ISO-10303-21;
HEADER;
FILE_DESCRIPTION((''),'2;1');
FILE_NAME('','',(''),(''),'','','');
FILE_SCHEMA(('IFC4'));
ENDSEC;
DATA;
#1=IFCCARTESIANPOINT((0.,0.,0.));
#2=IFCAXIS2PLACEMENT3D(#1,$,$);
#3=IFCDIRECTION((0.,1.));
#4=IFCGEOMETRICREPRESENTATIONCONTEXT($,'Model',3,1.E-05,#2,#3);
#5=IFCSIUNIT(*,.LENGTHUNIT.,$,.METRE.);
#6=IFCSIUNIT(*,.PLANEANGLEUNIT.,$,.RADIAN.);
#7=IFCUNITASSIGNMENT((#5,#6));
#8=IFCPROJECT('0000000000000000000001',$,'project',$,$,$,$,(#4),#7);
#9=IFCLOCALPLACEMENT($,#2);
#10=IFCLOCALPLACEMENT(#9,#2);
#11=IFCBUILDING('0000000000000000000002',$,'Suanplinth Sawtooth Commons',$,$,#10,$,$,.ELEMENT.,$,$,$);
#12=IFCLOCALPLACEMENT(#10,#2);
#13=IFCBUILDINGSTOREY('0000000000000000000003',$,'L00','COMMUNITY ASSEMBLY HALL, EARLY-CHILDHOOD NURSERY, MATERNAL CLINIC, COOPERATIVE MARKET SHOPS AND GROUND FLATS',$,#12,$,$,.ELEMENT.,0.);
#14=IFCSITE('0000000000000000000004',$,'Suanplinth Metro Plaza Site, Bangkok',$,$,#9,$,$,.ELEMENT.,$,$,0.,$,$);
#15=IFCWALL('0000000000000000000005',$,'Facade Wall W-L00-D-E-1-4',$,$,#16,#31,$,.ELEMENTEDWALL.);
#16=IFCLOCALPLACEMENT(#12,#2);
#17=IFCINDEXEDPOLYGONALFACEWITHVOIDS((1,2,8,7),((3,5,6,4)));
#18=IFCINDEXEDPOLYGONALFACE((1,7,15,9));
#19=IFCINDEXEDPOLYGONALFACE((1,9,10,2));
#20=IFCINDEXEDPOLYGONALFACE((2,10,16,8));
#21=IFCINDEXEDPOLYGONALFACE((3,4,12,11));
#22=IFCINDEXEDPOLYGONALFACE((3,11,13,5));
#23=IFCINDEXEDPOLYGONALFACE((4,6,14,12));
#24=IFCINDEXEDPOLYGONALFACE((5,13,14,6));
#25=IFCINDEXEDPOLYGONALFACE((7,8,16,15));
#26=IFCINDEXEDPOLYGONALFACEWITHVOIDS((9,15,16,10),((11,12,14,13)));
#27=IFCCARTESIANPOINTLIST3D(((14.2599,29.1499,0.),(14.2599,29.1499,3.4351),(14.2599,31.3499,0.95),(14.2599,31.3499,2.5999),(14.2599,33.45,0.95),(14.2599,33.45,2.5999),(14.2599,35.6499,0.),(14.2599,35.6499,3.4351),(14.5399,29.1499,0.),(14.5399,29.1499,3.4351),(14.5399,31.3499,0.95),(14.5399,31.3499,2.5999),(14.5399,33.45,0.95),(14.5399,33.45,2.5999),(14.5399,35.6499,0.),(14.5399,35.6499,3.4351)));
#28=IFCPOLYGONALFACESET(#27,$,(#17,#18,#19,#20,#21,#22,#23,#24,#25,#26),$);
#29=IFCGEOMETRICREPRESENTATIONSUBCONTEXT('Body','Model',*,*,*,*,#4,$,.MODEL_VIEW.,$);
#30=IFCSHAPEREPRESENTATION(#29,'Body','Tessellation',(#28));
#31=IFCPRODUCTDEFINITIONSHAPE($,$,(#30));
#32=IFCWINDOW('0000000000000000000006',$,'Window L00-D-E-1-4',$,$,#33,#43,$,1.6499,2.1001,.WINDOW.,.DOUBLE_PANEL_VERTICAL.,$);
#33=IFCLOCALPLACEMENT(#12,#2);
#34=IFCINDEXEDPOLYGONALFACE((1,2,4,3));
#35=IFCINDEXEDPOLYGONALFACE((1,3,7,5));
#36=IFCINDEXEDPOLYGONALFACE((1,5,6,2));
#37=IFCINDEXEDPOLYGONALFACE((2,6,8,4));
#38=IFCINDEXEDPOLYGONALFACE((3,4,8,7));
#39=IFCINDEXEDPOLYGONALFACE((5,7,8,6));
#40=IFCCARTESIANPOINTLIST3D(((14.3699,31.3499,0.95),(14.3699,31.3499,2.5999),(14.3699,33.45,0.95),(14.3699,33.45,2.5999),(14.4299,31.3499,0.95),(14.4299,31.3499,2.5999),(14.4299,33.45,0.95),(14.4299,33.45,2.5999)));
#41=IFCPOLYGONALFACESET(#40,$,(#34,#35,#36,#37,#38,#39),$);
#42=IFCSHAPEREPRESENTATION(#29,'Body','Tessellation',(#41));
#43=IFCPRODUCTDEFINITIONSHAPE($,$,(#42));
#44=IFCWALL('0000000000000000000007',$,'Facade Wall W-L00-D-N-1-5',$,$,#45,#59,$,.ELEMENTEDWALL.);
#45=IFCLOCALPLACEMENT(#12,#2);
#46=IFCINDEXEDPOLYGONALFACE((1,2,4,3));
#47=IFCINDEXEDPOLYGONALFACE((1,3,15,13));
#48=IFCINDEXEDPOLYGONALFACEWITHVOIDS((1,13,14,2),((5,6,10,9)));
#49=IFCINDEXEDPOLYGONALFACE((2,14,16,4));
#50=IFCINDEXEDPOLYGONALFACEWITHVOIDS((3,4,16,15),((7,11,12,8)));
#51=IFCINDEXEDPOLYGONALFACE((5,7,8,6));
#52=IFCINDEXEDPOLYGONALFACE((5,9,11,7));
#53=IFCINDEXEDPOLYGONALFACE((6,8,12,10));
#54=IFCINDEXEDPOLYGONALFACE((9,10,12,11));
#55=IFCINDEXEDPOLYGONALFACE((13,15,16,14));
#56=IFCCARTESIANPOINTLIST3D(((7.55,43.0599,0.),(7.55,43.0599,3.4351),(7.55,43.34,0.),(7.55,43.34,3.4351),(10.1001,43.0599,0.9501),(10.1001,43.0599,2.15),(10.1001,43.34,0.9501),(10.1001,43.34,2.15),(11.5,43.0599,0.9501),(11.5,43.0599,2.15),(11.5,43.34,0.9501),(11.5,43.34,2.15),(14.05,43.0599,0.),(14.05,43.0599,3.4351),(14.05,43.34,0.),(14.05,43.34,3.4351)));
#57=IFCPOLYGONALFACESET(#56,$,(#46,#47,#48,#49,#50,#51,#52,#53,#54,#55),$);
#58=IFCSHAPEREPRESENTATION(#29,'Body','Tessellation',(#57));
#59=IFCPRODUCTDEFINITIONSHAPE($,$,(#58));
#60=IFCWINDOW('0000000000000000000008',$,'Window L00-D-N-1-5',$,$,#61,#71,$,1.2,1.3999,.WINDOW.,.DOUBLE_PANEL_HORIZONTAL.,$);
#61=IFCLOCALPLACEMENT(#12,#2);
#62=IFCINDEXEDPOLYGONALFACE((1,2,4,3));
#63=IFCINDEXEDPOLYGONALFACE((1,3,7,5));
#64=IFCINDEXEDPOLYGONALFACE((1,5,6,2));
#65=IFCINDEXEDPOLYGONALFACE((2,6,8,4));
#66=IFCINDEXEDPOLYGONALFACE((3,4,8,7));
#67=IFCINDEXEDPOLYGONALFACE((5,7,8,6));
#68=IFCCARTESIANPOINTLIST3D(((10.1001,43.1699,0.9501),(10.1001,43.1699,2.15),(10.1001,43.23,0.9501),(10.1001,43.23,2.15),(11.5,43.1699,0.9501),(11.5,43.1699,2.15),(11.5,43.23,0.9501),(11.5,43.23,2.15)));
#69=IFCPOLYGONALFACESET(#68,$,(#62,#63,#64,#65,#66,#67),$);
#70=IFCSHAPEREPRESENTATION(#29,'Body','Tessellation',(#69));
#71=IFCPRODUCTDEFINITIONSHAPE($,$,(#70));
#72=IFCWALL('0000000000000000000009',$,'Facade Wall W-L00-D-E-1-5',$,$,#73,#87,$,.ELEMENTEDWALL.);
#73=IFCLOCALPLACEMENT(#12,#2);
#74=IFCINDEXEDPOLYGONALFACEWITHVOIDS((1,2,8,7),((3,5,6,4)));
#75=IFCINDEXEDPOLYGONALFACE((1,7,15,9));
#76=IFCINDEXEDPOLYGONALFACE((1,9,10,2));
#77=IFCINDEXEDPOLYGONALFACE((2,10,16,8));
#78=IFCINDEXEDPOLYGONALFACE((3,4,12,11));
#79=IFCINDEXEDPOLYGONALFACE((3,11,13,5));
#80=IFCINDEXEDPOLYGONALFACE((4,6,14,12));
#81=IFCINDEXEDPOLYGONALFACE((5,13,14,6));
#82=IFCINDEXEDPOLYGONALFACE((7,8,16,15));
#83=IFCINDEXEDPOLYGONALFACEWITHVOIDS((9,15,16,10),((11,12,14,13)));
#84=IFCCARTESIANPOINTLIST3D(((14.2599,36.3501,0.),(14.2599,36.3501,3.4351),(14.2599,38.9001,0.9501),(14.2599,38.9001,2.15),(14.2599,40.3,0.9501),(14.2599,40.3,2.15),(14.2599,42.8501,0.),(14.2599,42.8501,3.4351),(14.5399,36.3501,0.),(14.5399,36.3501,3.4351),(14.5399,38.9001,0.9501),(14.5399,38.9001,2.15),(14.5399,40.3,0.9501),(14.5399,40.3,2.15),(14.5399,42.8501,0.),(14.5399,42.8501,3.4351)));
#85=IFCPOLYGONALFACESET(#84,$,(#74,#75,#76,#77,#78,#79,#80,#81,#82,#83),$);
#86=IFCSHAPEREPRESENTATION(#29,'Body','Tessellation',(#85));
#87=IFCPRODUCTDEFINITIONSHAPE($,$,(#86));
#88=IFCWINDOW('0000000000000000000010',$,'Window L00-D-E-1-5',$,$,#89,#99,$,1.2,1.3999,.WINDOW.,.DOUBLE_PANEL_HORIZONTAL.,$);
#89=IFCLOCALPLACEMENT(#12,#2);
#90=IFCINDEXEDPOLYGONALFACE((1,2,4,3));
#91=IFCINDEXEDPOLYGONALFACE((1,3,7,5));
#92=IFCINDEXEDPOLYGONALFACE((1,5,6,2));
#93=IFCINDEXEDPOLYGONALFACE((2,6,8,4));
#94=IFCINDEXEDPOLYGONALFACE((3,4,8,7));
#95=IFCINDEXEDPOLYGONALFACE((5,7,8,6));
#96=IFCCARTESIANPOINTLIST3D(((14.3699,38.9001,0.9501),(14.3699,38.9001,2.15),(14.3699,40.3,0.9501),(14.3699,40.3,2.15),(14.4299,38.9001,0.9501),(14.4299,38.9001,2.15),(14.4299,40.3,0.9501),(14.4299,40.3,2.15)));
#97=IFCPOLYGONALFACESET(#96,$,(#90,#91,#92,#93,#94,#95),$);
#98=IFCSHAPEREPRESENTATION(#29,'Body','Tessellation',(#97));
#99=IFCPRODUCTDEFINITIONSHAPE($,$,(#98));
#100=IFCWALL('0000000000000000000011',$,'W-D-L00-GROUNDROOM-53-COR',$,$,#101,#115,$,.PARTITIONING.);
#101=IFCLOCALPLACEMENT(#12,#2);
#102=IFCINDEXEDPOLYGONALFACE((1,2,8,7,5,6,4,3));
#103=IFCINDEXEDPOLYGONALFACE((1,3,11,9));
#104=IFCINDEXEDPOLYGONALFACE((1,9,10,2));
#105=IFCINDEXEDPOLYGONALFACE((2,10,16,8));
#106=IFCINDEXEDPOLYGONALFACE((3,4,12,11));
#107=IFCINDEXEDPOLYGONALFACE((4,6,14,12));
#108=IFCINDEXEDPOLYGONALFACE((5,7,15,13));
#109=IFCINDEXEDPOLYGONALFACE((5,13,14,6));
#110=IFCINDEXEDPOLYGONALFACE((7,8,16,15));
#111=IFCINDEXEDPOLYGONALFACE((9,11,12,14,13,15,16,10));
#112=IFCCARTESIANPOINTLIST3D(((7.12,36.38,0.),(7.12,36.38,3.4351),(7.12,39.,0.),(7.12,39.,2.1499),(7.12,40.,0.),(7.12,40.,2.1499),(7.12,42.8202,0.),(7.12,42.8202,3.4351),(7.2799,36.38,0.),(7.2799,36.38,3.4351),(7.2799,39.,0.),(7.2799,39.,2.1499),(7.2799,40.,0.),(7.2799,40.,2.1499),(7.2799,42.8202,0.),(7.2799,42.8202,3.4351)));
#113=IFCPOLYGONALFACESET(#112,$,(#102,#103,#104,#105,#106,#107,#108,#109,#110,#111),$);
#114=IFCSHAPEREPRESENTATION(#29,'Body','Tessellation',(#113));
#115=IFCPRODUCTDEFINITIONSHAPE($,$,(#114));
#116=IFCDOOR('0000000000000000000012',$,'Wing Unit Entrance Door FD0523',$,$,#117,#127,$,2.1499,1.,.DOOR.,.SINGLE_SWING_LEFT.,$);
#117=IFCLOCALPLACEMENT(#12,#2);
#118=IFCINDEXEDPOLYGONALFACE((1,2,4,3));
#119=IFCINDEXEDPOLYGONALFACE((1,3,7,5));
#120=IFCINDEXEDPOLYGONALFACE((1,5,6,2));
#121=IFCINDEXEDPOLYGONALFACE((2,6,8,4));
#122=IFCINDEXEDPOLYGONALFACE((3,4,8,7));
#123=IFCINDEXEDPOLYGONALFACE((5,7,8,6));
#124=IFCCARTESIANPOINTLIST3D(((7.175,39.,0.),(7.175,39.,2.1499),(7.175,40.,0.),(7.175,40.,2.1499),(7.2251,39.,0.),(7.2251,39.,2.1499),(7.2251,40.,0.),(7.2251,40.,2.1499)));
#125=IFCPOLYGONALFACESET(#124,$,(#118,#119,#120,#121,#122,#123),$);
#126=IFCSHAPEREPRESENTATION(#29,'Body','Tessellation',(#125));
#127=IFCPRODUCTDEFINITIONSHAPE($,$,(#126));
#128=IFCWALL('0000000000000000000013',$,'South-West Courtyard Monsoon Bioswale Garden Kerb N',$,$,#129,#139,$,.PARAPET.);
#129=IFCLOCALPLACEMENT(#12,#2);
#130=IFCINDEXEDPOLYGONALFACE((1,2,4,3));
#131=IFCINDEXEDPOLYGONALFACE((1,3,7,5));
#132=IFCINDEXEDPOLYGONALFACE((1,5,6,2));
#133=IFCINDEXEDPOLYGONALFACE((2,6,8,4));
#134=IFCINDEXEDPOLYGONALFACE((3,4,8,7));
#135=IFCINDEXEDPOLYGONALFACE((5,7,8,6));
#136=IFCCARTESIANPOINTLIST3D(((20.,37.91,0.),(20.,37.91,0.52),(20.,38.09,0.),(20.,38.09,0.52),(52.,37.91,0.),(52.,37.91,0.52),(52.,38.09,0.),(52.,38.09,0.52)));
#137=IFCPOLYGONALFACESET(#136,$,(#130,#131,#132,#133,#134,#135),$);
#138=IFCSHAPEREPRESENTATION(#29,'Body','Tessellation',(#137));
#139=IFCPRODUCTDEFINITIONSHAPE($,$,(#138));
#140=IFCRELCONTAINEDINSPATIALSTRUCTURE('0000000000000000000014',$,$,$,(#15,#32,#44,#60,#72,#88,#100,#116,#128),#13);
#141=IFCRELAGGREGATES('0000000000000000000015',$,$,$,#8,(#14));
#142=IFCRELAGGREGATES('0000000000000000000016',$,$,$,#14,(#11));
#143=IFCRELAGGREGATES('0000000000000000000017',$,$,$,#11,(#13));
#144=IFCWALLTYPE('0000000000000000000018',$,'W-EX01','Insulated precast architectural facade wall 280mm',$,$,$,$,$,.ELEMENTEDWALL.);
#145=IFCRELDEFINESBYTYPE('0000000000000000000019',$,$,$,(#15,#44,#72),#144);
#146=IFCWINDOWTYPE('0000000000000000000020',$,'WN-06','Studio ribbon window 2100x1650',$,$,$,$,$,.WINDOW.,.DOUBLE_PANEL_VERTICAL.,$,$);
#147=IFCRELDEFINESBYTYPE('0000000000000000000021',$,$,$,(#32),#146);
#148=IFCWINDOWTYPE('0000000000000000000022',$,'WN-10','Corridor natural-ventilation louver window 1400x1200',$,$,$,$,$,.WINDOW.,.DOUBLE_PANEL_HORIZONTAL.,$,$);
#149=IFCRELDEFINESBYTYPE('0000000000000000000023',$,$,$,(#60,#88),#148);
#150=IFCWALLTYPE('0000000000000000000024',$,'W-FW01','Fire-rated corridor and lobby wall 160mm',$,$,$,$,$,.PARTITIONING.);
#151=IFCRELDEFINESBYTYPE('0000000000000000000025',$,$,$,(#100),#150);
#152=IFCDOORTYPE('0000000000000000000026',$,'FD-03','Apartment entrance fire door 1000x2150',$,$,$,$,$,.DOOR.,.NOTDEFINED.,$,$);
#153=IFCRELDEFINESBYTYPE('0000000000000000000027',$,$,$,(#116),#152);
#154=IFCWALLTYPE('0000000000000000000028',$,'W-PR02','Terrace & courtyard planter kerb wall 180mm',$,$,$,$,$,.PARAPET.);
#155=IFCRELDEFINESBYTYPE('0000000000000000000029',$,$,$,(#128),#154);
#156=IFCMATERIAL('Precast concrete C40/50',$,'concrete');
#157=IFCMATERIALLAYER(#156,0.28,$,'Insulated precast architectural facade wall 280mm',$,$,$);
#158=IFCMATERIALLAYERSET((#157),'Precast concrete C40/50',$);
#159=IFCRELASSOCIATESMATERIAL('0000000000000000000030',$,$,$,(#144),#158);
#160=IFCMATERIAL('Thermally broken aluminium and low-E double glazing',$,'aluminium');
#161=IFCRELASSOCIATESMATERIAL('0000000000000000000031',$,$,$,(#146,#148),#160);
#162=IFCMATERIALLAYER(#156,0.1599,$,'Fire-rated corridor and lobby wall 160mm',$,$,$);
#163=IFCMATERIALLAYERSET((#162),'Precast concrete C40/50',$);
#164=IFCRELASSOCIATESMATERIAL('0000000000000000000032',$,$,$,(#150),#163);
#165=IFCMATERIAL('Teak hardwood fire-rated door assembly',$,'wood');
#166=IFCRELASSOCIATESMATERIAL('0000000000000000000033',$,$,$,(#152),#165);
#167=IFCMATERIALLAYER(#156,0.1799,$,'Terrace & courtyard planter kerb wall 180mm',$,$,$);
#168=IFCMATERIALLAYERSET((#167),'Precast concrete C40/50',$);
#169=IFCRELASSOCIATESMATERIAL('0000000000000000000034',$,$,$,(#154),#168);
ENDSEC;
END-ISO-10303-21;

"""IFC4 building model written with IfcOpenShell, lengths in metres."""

from ifc_helpers import new_model, si_unit, direction, frame, frame_2d, origin, place, context, subcontext, project, spatial, rectangle, extrude, material, layer, layer_set, type_object, element, fill, save


model = new_model("IFC4")

# Units and contexts
model_context = context("Model", 3, precision=1e-05, world=origin(), true_north=direction((0.0, 1.0)))
body_context = subcontext(model_context, "Body", "Model", "MODEL_VIEW")
ifc_project = project(units=[si_unit("LENGTHUNIT", "METRE"), si_unit("PLANEANGLEUNIT", "RADIAN")], contexts=[model_context])

# Site, building, storey
site_placement = place(None, origin())
site = spatial("IfcSite", under=ifc_project, at=site_placement, Name="Suanplinth Metro Plaza Site, Bangkok", CompositionType="ELEMENT", RefElevation=0.0)
building_placement = place(site_placement, origin())
building = spatial("IfcBuilding", under=site, at=building_placement, Name="Suanplinth Sawtooth Commons", CompositionType="ELEMENT")
storey_placement = place(building_placement, origin())
storey = spatial("IfcBuildingStorey", under=building, at=storey_placement, Name="L00", Description="COMMUNITY ASSEMBLY HALL, EARLY-CHILDHOOD NURSERY, MATERNAL CLINIC, COOPERATIVE MARKET SHOPS AND GROUND FLATS", CompositionType="ELEMENT", Elevation=0.0)

# Walls, openings, windows
ifc_material_1 = material(Name="Precast concrete C40/50", Category="concrete")
ifc_layer_1 = layer(ifc_material_1, 0.28, Name="Insulated precast architectural facade wall 280mm")
ifc_layer_set_1 = layer_set([ifc_layer_1], Name="Precast concrete C40/50")
wall_type_1 = type_object("IfcWallType", Name="W-EX01", Description="Insulated precast architectural facade wall 280mm", PredefinedType="ELEMENTEDWALL", material=ifc_layer_set_1)
wall_1_placement = place(storey_placement, frame((14.3999, 29.1499, 0.0), z_axis=(0.0, 0.0, 1.0), x_axis=(0.0, 1.0, 0.0)))
wall_1 = element("IfcWall", 1, at=wall_1_placement, inside=storey, type_object=wall_type_1, Name="Facade Wall W-L00-D-E-1-4", PredefinedType="ELEMENTEDWALL", context=body_context, shape_type="SweptSolid", body=[
    extrude(rectangle(XDim=6.5, YDim=0.28, at=frame_2d((3.25, 0.0))), origin(), (0.0, 0.0, 1.0), 3.4351),
])
opening_1_placement = place(wall_1_placement, frame((2.2, 0.0, 0.95)))
opening_1 = element("IfcOpeningElement", 2, at=opening_1_placement, cuts=wall_1, PredefinedType="OPENING", context=body_context, shape_type="SweptSolid", body=[
    extrude(rectangle(XDim=2.1001, YDim=1.6499, at=frame_2d((1.05, 0.825))), frame((0.0, 0.1548, 0.0), z_axis=(0.0, -1.0, 0.0), x_axis=(1.0, 0.0, 0.0)), (0.0, 0.0, 1.0), 0.3098),
])
ifc_material_2 = material(Name="Thermally broken aluminium and low-E double glazing", Category="aluminium")
window_type_1 = type_object("IfcWindowType", Name="WN-06", Description="Studio ribbon window 2100x1650", PartitioningType="DOUBLE_PANEL_VERTICAL", PredefinedType="WINDOW", material=ifc_material_2)
window_1_placement = place(opening_1_placement, origin())
window_1 = element("IfcWindow", 3, at=window_1_placement, inside=storey, type_object=window_type_1, Name="Window L00-D-E-1-4", OverallHeight=1.6499, OverallWidth=2.1001, PartitioningType="DOUBLE_PANEL_VERTICAL", PredefinedType="WINDOW", context=body_context, shape_type="SweptSolid", body=[
    extrude(rectangle(XDim=2.1001, YDim=1.6499, at=frame_2d((1.05, 0.825))), frame((0.0, 0.03, 0.0), z_axis=(0.0, -1.0, 0.0), x_axis=(1.0, 0.0, 0.0)), (0.0, 0.0, 1.0), 0.0601),
])
fill(opening_1, window_1)
wall_2_placement = place(storey_placement, frame((7.55, 43.2, 0.0), z_axis=(0.0, 0.0, 1.0), x_axis=(1.0, 0.0, 0.0)))
wall_2 = element("IfcWall", 4, at=wall_2_placement, inside=storey, type_object=wall_type_1, Name="Facade Wall W-L00-D-N-1-5", PredefinedType="ELEMENTEDWALL", context=body_context, shape_type="SweptSolid", body=[
    extrude(rectangle(XDim=6.5, YDim=0.28, at=frame_2d((3.25, 0.0))), origin(), (0.0, 0.0, 1.0), 3.4351),
])
opening_2_placement = place(wall_2_placement, frame((2.55, 0.0, 0.95)))
opening_2 = element("IfcOpeningElement", 5, at=opening_2_placement, cuts=wall_2, PredefinedType="OPENING", context=body_context, shape_type="SweptSolid", body=[
    extrude(rectangle(XDim=1.3999, YDim=1.2, at=frame_2d((0.7, 0.6001))), frame((0.0, 0.1548, 0.0), z_axis=(0.0, -1.0, 0.0), x_axis=(1.0, 0.0, 0.0)), (0.0, 0.0, 1.0), 0.3098),
])
window_type_2 = type_object("IfcWindowType", Name="WN-10", Description="Corridor natural-ventilation louver window 1400x1200", PartitioningType="DOUBLE_PANEL_HORIZONTAL", PredefinedType="WINDOW", material=ifc_material_2)
window_2_placement = place(opening_2_placement, origin())
window_2 = element("IfcWindow", 6, at=window_2_placement, inside=storey, type_object=window_type_2, Name="Window L00-D-N-1-5", OverallHeight=1.2, OverallWidth=1.3999, PartitioningType="DOUBLE_PANEL_HORIZONTAL", PredefinedType="WINDOW", context=body_context, shape_type="SweptSolid", body=[
    extrude(rectangle(XDim=1.3999, YDim=1.2, at=frame_2d((0.7, 0.6001))), frame((0.0, 0.03, 0.0), z_axis=(0.0, -1.0, 0.0), x_axis=(1.0, 0.0, 0.0)), (0.0, 0.0, 1.0), 0.0601),
])
fill(opening_2, window_2)
wall_3_placement = place(storey_placement, frame((14.3999, 36.3501, 0.0), z_axis=(0.0, 0.0, 1.0), x_axis=(0.0, 1.0, 0.0)))
wall_3 = element("IfcWall", 7, at=wall_3_placement, inside=storey, type_object=wall_type_1, Name="Facade Wall W-L00-D-E-1-5", PredefinedType="ELEMENTEDWALL", context=body_context, shape_type="SweptSolid", body=[
    extrude(rectangle(XDim=6.5, YDim=0.28, at=frame_2d((3.25, 0.0))), origin(), (0.0, 0.0, 1.0), 3.4351),
])
opening_3_placement = place(wall_3_placement, frame((2.55, 0.0, 0.95)))
opening_3 = element("IfcOpeningElement", 8, at=opening_3_placement, cuts=wall_3, PredefinedType="OPENING", context=body_context, shape_type="SweptSolid", body=[
    extrude(rectangle(XDim=1.3999, YDim=1.2, at=frame_2d((0.7, 0.6001))), frame((0.0, 0.1548, 0.0), z_axis=(0.0, -1.0, 0.0), x_axis=(1.0, 0.0, 0.0)), (0.0, 0.0, 1.0), 0.3098),
])
window_3_placement = place(opening_3_placement, origin())
window_3 = element("IfcWindow", 9, at=window_3_placement, inside=storey, type_object=window_type_2, Name="Window L00-D-E-1-5", OverallHeight=1.2, OverallWidth=1.3999, PartitioningType="DOUBLE_PANEL_HORIZONTAL", PredefinedType="WINDOW", context=body_context, shape_type="SweptSolid", body=[
    extrude(rectangle(XDim=1.3999, YDim=1.2, at=frame_2d((0.7, 0.6001))), frame((0.0, 0.03, 0.0), z_axis=(0.0, -1.0, 0.0), x_axis=(1.0, 0.0, 0.0)), (0.0, 0.0, 1.0), 0.0601),
])
fill(opening_3, window_3)

# Wall, opening, door
ifc_layer_2 = layer(ifc_material_1, 0.1599, Name="Fire-rated corridor and lobby wall 160mm")
ifc_layer_set_2 = layer_set([ifc_layer_2], Name="Precast concrete C40/50")
wall_type_2 = type_object("IfcWallType", Name="W-FW01", Description="Fire-rated corridor and lobby wall 160mm", PredefinedType="PARTITIONING", material=ifc_layer_set_2)
wall_4_placement = place(storey_placement, frame((7.2, 36.3799, 0.0), z_axis=(0.0, 0.0, 1.0), x_axis=(0.0, 1.0, 0.0)))
wall_4 = element("IfcWall", 10, at=wall_4_placement, inside=storey, type_object=wall_type_2, Name="W-D-L00-GROUNDROOM-53-COR", PredefinedType="PARTITIONING", context=body_context, shape_type="SweptSolid", body=[
    extrude(rectangle(XDim=6.4402, YDim=0.1599, at=frame_2d((3.2202, 0.0))), origin(), (0.0, 0.0, 1.0), 3.4351),
])
opening_4_placement = place(wall_4_placement, frame((2.6201, 0.0, 0.0)))
opening_4 = element("IfcOpeningElement", 11, at=opening_4_placement, cuts=wall_4, PredefinedType="OPENING", context=body_context, shape_type="SweptSolid", body=[
    extrude(rectangle(XDim=1.0, YDim=2.1499, at=frame_2d((0.5, 1.075))), frame((0.0, 0.0947, 0.0), z_axis=(0.0, -1.0, 0.0), x_axis=(1.0, 0.0, 0.0)), (0.0, 0.0, 1.0), 0.1897),
])
ifc_material_3 = material(Name="Teak hardwood fire-rated door assembly", Category="wood")
door_type = type_object("IfcDoorType", Name="FD-03", Description="Apartment entrance fire door 1000x2150", OperationType="NOTDEFINED", PredefinedType="DOOR", material=ifc_material_3)
door_placement = place(opening_4_placement, origin())
door = element("IfcDoor", 12, at=door_placement, inside=storey, type_object=door_type, Name="Wing Unit Entrance Door FD0523", OperationType="SINGLE_SWING_LEFT", OverallHeight=2.1499, OverallWidth=1.0, PredefinedType="DOOR", context=body_context, shape_type="SweptSolid", body=[
    extrude(rectangle(XDim=1.0, YDim=2.1499, at=frame_2d((0.5, 1.075))), frame((0.0, 0.0249, 0.0), z_axis=(0.0, -1.0, 0.0), x_axis=(1.0, 0.0, 0.0)), (0.0, 0.0, 1.0), 0.05),
])
fill(opening_4, door)

# Wall
ifc_layer_3 = layer(ifc_material_1, 0.1799, Name="Terrace & courtyard planter kerb wall 180mm")
ifc_layer_set_3 = layer_set([ifc_layer_3], Name="Precast concrete C40/50")
wall_type_3 = type_object("IfcWallType", Name="W-PR02", Description="Terrace & courtyard planter kerb wall 180mm", PredefinedType="PARAPET", material=ifc_layer_set_3)
wall_5_placement = place(storey_placement, frame((20.0, 38.0, 0.0), z_axis=(0.0, 0.0, 1.0), x_axis=(1.0, 0.0, 0.0)))
element("IfcWall", 13, at=wall_5_placement, inside=storey, type_object=wall_type_3, Name="South-West Courtyard Monsoon Bioswale Garden Kerb N", PredefinedType="PARAPET", context=body_context, shape_type="SweptSolid", body=[
    extrude(rectangle(XDim=32.0, YDim=0.1799, at=frame_2d((16.0, 0.0))), origin(), (0.0, 0.0, 1.0), 0.52),
])

save(model, "model.ifc")
